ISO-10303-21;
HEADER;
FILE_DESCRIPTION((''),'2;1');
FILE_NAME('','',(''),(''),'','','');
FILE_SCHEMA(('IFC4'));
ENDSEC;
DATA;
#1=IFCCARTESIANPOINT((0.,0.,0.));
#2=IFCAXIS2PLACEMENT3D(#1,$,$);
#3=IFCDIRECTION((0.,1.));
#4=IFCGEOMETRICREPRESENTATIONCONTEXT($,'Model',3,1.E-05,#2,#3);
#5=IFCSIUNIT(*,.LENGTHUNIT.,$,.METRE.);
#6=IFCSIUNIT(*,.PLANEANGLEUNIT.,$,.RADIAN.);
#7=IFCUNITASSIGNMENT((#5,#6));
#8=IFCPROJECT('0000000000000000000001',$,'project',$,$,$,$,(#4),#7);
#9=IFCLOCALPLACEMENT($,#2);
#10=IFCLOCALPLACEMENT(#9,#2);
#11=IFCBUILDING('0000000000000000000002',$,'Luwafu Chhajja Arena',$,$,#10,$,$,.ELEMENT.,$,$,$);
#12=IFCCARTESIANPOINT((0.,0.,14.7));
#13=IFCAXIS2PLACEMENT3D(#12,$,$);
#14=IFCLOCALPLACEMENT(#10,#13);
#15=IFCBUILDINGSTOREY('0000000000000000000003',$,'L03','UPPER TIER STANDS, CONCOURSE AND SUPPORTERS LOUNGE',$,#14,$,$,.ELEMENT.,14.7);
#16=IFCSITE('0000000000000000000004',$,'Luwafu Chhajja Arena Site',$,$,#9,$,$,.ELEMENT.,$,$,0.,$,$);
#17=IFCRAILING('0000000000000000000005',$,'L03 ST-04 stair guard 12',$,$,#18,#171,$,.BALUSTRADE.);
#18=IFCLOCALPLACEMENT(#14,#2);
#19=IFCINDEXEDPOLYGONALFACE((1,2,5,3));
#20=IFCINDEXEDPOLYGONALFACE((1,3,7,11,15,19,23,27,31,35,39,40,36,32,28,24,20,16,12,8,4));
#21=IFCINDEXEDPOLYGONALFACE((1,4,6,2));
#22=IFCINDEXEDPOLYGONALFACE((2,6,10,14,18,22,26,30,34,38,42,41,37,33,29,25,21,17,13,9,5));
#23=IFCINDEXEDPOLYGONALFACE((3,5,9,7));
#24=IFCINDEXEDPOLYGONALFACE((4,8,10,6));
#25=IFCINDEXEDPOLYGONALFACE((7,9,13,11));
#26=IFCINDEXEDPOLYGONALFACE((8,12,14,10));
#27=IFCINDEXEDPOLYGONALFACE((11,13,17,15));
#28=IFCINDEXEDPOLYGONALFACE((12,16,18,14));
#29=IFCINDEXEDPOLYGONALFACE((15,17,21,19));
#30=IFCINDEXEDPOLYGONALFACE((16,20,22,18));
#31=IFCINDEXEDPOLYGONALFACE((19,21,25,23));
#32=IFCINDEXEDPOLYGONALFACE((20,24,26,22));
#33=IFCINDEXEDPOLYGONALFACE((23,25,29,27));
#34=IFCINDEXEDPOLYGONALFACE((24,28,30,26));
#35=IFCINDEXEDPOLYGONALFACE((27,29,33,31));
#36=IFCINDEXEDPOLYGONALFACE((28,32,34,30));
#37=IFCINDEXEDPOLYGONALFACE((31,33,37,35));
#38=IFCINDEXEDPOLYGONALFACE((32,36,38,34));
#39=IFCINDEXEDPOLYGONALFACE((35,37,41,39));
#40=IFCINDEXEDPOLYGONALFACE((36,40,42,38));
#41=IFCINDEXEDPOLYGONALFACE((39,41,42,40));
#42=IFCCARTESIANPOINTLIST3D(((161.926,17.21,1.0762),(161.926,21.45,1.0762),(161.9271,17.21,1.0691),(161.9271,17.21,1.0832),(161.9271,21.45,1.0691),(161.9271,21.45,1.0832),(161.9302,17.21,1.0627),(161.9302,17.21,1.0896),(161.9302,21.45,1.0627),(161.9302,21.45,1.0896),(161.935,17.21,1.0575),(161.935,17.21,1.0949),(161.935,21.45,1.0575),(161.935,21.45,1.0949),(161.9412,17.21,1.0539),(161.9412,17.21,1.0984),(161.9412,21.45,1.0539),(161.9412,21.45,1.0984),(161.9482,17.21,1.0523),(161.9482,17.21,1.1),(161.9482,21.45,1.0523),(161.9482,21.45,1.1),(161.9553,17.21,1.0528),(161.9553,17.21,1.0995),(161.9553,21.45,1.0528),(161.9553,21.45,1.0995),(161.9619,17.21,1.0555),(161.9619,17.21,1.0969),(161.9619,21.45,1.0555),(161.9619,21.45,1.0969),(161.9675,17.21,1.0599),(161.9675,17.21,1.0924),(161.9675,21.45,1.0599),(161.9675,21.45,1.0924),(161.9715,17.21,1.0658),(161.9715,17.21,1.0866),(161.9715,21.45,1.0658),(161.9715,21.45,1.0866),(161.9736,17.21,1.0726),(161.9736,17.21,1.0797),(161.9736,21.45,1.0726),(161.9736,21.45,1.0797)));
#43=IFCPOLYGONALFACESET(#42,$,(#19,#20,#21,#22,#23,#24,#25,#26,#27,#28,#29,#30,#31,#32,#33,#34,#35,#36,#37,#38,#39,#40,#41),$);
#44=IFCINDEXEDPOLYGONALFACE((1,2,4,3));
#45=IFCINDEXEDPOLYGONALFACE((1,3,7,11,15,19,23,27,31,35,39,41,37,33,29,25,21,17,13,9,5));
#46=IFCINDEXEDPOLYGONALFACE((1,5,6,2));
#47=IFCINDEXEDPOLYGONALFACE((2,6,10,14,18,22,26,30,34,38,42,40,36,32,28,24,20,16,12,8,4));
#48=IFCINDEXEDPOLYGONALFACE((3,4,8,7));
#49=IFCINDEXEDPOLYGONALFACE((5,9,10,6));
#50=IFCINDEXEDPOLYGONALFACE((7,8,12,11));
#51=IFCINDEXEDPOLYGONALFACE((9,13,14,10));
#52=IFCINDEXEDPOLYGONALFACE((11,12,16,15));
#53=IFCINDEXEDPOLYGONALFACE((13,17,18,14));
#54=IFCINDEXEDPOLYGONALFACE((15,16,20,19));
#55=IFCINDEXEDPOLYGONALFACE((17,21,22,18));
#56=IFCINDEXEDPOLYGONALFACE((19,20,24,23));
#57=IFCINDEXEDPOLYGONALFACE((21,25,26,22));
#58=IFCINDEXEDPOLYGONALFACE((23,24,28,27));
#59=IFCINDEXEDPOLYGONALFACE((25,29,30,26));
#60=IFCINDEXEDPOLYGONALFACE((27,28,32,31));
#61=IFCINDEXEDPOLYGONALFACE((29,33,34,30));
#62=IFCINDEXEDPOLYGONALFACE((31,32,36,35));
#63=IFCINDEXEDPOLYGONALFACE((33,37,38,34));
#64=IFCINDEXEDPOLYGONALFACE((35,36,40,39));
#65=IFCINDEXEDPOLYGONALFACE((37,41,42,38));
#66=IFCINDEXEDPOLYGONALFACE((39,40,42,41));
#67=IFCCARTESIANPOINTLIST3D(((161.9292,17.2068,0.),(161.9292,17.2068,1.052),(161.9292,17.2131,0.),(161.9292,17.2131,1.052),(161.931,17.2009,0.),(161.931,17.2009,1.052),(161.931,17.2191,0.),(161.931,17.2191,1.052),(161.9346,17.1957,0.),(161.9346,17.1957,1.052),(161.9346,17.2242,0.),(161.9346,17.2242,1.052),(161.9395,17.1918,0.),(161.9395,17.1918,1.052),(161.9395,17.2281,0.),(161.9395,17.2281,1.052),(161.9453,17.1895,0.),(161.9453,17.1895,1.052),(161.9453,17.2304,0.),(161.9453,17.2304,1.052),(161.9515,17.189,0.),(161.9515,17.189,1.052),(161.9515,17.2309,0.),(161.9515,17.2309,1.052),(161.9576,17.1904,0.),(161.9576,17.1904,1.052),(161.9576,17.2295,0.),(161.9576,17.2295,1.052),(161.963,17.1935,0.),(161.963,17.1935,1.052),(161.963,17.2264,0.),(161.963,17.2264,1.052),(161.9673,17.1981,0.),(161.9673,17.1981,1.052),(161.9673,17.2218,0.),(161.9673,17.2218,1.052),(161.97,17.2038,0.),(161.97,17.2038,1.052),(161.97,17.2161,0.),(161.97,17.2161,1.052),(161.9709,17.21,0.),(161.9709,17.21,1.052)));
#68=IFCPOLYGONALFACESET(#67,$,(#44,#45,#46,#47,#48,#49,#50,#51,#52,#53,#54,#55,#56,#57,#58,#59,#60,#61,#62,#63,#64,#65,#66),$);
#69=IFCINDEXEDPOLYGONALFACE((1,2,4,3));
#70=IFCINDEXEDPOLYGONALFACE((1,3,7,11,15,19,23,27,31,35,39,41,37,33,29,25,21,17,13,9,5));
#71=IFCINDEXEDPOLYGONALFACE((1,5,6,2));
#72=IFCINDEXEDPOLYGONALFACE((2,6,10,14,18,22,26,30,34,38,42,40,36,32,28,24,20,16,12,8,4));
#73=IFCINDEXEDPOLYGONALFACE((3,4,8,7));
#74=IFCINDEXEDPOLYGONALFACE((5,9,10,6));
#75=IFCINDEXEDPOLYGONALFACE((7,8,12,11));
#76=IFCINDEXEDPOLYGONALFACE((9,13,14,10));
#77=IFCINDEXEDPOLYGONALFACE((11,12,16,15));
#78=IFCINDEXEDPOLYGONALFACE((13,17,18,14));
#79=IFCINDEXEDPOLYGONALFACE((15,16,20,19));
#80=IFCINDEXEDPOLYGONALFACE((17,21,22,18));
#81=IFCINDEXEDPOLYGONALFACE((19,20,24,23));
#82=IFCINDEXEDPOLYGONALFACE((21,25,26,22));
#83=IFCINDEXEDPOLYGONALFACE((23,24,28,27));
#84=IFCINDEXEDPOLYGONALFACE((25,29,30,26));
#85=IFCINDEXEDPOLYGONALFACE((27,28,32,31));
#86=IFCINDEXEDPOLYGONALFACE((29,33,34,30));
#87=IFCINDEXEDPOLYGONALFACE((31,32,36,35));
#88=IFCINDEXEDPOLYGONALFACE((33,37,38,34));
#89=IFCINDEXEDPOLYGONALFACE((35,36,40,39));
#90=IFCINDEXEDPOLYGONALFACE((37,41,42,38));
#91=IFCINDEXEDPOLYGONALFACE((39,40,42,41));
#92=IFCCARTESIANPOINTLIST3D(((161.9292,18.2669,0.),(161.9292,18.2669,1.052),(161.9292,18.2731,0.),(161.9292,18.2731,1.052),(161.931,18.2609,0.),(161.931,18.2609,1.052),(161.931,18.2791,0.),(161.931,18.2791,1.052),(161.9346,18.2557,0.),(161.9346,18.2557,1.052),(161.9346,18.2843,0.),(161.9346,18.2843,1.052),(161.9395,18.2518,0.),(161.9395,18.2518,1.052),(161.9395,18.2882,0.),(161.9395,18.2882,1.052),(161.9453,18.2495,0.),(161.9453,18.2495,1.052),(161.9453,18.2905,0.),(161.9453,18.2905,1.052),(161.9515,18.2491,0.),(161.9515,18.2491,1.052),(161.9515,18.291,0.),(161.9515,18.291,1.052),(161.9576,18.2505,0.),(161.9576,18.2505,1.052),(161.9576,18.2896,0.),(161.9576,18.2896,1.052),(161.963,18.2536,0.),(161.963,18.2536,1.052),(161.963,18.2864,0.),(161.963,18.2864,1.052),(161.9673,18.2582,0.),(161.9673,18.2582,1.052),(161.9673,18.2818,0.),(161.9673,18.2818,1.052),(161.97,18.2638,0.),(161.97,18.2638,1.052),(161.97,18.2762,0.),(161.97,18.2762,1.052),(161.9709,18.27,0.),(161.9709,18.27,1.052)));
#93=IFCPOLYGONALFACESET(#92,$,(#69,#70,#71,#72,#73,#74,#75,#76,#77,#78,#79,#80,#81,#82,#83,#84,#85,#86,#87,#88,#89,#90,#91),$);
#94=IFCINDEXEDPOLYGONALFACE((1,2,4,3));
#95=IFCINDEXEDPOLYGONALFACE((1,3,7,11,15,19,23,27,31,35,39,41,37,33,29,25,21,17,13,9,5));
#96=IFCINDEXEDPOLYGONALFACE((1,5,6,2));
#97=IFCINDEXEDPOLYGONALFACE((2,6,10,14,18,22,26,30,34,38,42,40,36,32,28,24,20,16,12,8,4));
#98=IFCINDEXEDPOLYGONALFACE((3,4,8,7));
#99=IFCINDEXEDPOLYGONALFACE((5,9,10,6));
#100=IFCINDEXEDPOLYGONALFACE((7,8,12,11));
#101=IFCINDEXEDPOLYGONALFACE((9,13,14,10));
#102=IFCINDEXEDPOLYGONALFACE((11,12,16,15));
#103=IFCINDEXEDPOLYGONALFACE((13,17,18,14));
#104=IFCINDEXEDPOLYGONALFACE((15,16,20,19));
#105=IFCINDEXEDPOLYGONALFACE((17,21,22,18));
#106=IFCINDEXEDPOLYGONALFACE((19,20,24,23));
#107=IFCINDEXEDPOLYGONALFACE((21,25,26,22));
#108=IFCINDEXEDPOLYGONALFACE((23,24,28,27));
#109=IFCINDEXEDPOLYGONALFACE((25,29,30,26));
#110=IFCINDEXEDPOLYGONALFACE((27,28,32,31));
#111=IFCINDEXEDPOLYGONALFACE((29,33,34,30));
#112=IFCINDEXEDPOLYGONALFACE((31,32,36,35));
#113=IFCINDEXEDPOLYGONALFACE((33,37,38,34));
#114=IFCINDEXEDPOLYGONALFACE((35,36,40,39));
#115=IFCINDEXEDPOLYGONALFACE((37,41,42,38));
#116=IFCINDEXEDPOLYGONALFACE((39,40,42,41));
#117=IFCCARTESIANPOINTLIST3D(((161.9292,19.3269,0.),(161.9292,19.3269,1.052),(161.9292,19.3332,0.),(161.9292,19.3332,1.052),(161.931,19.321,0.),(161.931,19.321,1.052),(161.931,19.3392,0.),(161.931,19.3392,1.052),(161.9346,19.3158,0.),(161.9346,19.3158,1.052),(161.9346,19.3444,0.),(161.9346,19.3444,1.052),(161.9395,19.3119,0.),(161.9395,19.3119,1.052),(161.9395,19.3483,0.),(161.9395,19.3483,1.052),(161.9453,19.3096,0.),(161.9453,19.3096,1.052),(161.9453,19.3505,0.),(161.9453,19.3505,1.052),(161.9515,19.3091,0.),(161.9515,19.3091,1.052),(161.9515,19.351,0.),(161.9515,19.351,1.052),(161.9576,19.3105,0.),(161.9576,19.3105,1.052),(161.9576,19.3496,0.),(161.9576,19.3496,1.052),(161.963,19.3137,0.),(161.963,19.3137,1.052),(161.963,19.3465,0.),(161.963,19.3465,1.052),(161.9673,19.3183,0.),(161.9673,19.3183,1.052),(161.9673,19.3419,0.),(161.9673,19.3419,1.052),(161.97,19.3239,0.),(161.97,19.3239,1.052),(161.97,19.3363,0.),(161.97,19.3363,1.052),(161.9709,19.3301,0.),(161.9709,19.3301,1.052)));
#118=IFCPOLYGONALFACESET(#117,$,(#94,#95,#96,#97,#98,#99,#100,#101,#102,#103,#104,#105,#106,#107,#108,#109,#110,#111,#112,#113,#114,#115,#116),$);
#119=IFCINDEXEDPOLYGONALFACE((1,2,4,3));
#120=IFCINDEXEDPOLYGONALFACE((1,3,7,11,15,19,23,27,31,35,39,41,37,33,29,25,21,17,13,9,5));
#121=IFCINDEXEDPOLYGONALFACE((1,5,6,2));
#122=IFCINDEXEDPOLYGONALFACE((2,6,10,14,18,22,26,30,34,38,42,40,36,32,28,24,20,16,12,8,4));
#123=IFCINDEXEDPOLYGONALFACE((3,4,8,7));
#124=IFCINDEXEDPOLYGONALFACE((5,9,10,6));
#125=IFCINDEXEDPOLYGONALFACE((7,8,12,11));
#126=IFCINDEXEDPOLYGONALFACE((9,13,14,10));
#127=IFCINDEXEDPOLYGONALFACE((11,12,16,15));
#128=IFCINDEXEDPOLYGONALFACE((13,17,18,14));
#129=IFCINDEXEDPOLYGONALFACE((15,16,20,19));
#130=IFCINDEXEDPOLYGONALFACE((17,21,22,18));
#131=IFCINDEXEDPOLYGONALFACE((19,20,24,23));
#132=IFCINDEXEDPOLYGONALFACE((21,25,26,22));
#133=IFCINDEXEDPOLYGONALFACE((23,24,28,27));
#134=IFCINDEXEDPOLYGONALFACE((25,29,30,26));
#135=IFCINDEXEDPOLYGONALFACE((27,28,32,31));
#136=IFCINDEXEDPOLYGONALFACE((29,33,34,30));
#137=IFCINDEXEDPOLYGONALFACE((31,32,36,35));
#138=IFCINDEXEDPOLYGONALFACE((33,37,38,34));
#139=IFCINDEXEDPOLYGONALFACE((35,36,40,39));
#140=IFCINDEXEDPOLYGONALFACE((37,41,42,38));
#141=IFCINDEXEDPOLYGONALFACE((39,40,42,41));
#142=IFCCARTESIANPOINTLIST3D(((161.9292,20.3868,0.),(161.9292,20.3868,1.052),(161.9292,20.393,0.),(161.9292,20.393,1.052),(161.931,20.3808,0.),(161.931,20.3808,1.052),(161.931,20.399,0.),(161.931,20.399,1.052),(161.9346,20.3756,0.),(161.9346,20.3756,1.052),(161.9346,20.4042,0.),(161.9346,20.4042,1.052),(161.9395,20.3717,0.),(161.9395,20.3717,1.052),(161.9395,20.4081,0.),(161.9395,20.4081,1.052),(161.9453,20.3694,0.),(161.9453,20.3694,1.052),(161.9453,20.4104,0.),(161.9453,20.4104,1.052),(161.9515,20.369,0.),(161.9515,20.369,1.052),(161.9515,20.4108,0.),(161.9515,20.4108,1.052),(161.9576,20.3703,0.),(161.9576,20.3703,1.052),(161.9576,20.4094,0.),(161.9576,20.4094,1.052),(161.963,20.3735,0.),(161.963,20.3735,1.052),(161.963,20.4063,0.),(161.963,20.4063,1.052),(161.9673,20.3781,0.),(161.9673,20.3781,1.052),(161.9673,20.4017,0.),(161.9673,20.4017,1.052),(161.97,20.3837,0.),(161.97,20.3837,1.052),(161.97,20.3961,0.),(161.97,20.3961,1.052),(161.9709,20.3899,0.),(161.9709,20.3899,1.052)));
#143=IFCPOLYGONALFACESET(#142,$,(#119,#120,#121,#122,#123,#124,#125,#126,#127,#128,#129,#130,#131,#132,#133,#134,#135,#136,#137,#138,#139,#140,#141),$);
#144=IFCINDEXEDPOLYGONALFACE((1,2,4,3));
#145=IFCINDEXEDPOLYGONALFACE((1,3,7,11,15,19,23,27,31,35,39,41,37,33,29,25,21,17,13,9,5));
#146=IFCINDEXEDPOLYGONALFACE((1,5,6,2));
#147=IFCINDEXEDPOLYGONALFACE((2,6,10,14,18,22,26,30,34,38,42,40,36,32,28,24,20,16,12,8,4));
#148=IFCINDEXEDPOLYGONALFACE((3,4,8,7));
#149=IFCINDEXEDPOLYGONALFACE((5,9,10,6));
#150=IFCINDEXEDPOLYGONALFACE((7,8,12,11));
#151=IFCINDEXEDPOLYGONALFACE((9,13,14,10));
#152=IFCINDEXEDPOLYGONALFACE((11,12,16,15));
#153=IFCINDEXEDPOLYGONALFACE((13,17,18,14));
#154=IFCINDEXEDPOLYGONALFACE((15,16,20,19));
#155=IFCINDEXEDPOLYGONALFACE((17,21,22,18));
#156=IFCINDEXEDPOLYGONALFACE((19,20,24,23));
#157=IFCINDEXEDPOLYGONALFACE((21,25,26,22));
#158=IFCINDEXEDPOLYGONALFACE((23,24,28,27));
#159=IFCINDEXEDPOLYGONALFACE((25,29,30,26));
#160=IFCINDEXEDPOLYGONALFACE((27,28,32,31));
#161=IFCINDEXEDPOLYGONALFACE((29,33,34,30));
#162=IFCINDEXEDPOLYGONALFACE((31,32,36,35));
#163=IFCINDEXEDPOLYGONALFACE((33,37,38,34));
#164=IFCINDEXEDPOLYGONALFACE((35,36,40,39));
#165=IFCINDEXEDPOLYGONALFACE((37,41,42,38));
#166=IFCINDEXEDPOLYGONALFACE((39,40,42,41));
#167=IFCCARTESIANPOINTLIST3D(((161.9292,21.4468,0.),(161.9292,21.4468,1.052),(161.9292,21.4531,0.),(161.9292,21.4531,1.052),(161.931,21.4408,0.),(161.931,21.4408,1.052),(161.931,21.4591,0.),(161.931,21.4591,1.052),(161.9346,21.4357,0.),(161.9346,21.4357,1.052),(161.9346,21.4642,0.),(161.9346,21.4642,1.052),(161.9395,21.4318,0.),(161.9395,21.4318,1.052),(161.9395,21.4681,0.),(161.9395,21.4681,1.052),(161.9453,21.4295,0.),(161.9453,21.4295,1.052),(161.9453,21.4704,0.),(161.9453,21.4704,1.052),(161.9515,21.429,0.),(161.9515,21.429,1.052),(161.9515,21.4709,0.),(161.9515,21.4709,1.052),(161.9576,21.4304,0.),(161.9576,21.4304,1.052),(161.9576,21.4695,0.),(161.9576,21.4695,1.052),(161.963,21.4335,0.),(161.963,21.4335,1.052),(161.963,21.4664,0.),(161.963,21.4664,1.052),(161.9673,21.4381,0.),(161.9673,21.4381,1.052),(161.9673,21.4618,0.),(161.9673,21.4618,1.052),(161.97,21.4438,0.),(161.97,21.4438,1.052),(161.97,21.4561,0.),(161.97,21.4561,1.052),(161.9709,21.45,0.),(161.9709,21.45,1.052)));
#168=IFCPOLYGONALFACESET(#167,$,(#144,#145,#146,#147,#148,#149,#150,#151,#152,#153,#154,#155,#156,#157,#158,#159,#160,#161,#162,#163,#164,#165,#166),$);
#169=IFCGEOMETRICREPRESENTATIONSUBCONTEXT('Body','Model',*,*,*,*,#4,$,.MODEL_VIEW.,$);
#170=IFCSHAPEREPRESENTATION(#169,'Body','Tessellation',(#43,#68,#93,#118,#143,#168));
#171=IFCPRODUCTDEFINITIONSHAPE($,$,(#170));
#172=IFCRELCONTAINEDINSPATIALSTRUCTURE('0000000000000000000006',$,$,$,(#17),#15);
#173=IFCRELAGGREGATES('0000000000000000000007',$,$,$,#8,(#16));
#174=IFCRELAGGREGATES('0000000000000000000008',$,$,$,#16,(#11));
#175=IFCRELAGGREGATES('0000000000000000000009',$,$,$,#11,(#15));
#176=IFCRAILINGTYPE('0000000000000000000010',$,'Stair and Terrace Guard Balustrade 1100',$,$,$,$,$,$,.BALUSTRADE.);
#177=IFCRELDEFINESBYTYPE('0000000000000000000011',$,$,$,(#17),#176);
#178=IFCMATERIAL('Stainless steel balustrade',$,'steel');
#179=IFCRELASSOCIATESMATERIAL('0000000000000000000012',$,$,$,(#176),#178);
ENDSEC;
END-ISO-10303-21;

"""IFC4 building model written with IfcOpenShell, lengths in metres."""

from ifc_helpers import new_model, si_unit, direction, frame, origin, origin_2d, place, context, subcontext, project, spatial, circle, extrude, material, type_object, element, save


model = new_model("IFC4")

# Units and contexts
model_context = context("Model", 3, precision=1e-05, world=origin(), true_north=direction((0.0, 1.0)))
body_context = subcontext(model_context, "Body", "Model", "MODEL_VIEW")
ifc_project = project(units=[si_unit("LENGTHUNIT", "METRE"), si_unit("PLANEANGLEUNIT", "RADIAN")], contexts=[model_context])

# Site, building, storey
site_placement = place(None, origin())
site = spatial("IfcSite", under=ifc_project, at=site_placement, Name="Luwafu Chhajja Arena Site", CompositionType="ELEMENT", RefElevation=0.0)
building_placement = place(site_placement, origin())
building = spatial("IfcBuilding", under=site, at=building_placement, Name="Luwafu Chhajja Arena", CompositionType="ELEMENT")
storey_placement = place(building_placement, frame((0.0, 0.0, 14.7)))
storey = spatial("IfcBuildingStorey", under=building, at=storey_placement, Name="L03", Description="UPPER TIER STANDS, CONCOURSE AND SUPPORTERS LOUNGE", CompositionType="ELEMENT", Elevation=14.7)

# Railing
ifc_material_1 = material(Name="Stainless steel balustrade", Category="steel")
railing_type_1 = type_object("IfcRailingType", Name="Stair and Terrace Guard Balustrade 1100", PredefinedType="BALUSTRADE", material=ifc_material_1)
railing_1_placement = place(storey_placement, frame((161.95, 17.21, 0.0)))
element("IfcRailing", 1, at=railing_1_placement, inside=storey, type_object=railing_type_1, Name="L03 ST-04 stair guard 12", PredefinedType="BALUSTRADE", context=body_context, shape_type="SweptSolid", body=[
    extrude(circle(Radius=0.0239, at=origin_2d()), frame((0.0, 0.0, 1.0762), z_axis=(0.0, 1.0, 0.0), x_axis=(-1.0, 0.0, 0.0)), (0.0, 0.0, 1.0), 4.24),
    extrude(circle(Radius=0.021, at=origin_2d()), origin(), (0.0, 0.0, 1.0), 1.052),
    extrude(circle(Radius=0.021, at=origin_2d()), frame((0.0, 1.0601, 0.0)), (0.0, 0.0, 1.0), 1.052),
    extrude(circle(Radius=0.021, at=origin_2d()), frame((0.0, 2.1201, 0.0)), (0.0, 0.0, 1.0), 1.052),
    extrude(circle(Radius=0.021, at=origin_2d()), frame((0.0, 3.1799, 0.0)), (0.0, 0.0, 1.0), 1.052),
    extrude(circle(Radius=0.021, at=origin_2d()), frame((0.0, 4.24, 0.0)), (0.0, 0.0, 1.0), 1.052),
])

save(model, "model.ifc")
